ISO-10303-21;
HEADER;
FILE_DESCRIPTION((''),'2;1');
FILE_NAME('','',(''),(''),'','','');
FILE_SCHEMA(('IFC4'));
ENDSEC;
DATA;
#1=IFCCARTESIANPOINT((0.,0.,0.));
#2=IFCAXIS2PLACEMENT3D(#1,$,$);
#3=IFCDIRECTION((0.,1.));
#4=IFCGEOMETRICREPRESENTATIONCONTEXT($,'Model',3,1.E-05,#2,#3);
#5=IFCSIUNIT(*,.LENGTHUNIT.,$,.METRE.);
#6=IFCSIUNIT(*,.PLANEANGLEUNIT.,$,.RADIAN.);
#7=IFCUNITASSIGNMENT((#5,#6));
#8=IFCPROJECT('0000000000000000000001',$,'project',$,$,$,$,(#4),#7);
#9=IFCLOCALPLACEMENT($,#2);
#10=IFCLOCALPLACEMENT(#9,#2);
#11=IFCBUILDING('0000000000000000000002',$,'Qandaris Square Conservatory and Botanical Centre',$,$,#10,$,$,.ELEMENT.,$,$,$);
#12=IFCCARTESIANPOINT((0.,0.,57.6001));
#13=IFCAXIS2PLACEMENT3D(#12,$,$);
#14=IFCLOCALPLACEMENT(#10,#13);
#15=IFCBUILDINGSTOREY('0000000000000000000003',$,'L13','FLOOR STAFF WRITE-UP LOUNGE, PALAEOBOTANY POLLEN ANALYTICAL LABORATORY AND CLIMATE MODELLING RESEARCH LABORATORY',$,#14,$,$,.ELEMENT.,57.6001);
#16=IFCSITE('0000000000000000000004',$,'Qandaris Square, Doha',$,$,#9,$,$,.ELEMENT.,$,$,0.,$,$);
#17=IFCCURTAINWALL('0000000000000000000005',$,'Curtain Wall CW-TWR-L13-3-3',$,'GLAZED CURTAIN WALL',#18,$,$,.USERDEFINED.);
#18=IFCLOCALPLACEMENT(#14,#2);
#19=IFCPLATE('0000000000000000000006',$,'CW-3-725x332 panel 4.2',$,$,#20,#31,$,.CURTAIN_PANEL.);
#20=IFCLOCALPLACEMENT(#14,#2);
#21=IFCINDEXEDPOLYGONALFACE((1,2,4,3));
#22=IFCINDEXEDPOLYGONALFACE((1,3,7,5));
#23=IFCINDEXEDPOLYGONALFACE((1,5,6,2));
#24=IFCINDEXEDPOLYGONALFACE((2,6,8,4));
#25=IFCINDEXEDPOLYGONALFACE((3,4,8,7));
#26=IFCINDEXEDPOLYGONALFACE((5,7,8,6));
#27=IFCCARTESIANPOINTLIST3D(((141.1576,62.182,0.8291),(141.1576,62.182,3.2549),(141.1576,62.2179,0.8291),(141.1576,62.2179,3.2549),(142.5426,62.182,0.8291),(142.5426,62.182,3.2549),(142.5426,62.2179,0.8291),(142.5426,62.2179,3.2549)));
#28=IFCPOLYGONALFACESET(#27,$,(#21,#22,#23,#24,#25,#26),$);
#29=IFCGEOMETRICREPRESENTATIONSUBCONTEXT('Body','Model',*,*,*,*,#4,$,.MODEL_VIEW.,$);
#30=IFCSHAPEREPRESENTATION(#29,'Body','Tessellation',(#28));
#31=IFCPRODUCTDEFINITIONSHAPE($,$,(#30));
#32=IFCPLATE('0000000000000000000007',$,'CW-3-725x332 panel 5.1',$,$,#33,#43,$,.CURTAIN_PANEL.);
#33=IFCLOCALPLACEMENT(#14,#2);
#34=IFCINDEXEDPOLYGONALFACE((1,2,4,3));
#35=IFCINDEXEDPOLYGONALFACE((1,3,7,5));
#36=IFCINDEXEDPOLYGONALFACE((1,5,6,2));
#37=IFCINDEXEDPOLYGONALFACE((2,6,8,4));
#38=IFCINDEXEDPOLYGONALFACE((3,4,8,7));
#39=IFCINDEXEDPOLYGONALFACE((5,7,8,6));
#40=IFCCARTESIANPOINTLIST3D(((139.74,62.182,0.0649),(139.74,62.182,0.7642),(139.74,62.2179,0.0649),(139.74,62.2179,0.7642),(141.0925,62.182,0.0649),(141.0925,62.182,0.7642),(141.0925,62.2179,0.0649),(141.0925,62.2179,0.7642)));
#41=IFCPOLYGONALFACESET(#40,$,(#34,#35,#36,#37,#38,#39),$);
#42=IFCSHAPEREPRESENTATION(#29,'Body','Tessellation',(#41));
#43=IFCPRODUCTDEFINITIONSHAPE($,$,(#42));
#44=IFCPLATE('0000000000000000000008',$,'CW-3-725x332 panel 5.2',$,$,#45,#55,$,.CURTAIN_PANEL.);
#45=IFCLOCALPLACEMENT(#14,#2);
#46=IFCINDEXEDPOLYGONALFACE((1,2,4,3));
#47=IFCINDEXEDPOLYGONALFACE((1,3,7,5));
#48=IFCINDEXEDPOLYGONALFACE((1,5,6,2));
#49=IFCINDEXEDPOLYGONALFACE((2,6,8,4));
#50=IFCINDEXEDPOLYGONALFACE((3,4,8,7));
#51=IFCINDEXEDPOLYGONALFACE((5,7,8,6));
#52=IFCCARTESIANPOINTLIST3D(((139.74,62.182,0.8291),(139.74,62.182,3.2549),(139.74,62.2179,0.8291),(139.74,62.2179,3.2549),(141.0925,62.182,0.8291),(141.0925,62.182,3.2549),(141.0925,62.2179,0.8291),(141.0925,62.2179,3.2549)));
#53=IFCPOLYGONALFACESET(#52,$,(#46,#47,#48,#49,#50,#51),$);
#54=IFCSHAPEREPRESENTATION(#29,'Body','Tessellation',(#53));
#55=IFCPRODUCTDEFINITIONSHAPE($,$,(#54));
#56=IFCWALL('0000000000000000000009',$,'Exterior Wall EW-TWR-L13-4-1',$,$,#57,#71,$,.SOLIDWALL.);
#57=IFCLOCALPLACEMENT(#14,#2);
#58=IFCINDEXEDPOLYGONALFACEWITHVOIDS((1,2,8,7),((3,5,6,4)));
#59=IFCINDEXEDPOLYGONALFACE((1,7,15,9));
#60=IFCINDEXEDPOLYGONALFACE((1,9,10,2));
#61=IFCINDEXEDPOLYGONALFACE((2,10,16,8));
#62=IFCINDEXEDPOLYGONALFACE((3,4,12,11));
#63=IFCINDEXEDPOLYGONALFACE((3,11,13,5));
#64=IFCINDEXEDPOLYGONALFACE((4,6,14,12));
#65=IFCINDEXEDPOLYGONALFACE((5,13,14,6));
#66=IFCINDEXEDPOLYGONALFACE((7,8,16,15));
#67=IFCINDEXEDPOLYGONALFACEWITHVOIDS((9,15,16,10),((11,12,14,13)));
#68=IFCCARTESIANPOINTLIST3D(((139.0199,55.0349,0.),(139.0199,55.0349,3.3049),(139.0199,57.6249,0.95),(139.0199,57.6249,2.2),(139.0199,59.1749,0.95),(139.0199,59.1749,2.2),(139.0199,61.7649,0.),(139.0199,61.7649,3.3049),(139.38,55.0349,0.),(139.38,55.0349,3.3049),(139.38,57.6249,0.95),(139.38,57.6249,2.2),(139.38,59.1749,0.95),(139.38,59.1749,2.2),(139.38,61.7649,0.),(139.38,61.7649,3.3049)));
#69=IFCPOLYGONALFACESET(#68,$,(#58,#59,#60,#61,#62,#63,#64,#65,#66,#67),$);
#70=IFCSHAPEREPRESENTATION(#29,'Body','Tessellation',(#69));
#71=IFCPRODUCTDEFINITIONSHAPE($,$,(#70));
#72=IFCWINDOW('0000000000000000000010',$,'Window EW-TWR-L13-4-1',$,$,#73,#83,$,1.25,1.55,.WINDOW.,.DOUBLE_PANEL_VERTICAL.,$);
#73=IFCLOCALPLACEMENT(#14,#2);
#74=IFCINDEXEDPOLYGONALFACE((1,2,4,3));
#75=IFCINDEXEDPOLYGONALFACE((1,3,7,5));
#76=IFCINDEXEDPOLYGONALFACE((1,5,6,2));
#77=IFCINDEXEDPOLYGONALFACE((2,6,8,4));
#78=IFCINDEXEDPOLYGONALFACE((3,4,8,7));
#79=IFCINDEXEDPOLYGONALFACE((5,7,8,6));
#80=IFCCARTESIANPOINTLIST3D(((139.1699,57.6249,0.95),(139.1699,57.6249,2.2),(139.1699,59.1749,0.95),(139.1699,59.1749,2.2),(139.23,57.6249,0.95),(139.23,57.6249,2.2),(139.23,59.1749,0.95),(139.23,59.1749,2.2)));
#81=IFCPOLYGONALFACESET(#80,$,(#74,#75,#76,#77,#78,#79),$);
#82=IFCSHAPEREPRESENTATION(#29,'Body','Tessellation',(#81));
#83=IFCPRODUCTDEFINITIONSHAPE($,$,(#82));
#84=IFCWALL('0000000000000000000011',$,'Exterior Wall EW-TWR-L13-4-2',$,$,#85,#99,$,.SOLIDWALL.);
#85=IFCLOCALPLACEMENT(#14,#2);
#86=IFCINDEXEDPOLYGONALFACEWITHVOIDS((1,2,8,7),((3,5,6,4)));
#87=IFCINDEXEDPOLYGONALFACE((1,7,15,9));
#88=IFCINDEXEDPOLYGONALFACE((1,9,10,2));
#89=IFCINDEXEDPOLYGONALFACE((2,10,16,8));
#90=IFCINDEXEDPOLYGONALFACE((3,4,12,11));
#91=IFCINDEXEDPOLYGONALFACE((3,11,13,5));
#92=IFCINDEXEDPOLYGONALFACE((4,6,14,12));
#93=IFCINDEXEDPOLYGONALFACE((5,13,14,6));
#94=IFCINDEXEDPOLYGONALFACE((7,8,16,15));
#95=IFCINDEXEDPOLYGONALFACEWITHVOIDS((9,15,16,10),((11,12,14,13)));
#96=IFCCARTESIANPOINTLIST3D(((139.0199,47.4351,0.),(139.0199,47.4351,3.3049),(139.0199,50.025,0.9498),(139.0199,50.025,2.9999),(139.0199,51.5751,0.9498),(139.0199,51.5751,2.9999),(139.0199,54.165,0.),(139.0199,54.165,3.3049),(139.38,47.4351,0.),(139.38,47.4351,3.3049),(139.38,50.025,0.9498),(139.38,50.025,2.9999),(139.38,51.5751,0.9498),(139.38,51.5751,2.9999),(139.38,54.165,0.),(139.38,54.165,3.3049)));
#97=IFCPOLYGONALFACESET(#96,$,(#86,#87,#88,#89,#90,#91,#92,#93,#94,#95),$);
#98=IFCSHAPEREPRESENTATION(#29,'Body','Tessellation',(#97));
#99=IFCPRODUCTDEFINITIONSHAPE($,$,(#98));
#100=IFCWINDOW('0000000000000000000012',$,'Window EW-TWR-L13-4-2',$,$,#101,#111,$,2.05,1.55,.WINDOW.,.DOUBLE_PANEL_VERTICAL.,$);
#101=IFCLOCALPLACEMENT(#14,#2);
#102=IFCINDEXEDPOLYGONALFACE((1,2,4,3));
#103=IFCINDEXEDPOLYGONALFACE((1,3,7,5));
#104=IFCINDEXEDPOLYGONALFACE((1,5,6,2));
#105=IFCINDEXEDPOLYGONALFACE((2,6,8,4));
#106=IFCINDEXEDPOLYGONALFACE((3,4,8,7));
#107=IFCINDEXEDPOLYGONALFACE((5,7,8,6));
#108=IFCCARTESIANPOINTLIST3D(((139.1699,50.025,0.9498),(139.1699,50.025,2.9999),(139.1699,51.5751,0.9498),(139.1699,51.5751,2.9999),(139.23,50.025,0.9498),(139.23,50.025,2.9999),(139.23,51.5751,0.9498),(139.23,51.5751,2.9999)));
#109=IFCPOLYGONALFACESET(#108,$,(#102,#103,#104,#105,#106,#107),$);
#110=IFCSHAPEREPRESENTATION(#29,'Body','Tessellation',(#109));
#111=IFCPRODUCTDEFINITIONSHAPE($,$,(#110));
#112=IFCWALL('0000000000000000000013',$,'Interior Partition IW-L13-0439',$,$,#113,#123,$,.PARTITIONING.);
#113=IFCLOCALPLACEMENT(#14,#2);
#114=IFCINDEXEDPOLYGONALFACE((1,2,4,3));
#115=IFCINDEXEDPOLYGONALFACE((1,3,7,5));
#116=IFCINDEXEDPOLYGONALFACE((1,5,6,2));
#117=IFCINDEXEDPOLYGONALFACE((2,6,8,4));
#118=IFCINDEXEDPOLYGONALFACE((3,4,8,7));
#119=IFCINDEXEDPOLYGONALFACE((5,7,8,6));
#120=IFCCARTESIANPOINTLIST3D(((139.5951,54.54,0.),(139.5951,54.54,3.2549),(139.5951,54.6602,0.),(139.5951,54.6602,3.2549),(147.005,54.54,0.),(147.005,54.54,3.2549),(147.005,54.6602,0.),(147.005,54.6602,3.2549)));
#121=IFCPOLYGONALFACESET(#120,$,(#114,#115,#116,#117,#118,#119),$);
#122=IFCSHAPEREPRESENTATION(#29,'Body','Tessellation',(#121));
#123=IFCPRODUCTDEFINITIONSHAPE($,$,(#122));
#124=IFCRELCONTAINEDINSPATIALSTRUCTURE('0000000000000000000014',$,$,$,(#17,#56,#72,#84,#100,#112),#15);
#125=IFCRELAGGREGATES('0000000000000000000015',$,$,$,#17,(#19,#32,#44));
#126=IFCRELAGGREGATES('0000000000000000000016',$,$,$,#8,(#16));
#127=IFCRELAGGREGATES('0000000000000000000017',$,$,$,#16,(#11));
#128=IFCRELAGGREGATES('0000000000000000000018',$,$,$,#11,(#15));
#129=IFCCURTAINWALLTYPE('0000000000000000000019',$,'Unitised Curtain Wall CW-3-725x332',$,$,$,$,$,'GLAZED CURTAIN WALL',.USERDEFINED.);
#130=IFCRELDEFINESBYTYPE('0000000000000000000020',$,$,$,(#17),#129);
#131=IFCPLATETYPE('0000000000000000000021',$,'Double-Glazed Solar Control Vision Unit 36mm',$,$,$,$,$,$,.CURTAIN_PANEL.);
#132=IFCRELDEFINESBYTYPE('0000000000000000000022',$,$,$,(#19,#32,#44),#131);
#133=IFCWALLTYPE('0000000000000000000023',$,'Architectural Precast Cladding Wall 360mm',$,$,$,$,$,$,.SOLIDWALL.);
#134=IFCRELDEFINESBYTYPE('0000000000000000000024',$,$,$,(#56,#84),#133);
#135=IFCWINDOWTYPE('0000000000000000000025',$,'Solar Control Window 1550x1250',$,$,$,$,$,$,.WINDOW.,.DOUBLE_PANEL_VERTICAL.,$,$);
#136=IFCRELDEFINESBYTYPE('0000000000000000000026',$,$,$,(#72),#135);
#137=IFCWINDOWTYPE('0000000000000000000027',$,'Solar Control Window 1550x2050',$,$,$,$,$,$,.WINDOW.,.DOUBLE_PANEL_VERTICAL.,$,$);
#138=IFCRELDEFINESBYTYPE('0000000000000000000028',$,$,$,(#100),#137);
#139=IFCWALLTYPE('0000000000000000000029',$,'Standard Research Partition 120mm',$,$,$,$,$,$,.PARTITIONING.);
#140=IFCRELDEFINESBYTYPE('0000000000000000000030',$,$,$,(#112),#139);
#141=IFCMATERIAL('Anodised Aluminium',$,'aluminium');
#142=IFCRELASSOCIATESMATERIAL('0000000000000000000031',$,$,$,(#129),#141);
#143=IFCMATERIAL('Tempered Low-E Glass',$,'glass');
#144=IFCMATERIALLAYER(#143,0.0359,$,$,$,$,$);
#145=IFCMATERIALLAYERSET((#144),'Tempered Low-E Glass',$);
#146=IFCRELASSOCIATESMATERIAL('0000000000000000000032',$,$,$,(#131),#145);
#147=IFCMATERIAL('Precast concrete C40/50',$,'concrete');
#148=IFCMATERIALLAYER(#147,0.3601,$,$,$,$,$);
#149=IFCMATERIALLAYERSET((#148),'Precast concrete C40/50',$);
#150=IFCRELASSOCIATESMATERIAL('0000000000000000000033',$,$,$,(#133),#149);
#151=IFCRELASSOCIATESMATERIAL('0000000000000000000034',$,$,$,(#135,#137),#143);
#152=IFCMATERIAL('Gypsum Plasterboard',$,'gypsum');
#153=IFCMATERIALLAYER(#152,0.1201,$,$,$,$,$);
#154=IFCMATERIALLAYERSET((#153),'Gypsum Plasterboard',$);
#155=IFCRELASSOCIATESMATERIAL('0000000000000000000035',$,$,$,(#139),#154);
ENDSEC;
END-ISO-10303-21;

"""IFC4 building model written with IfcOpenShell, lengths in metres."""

from ifc_helpers import new_model, si_unit, direction, frame, frame_2d, origin, origin_2d, place, context, subcontext, project, spatial, rectangle, extrude, material, layer, layer_set, type_object, element, fill, aggregate, save


model = new_model("IFC4")

# Units and contexts
model_context = context("Model", 3, precision=1e-05, world=origin(), true_north=direction((0.0, 1.0)))
body_context = subcontext(model_context, "Body", "Model", "MODEL_VIEW")
ifc_project = project(units=[si_unit("LENGTHUNIT", "METRE"), si_unit("PLANEANGLEUNIT", "RADIAN")], contexts=[model_context])

# Site, building, storey
site_placement = place(None, origin())
site = spatial("IfcSite", under=ifc_project, at=site_placement, Name="Qandaris Square, Doha", CompositionType="ELEMENT", RefElevation=0.0)
building_placement = place(site_placement, origin())
building = spatial("IfcBuilding", under=site, at=building_placement, Name="Qandaris Square Conservatory and Botanical Centre", CompositionType="ELEMENT")
storey_placement = place(building_placement, frame((0.0, 0.0, 57.6001)))
storey = spatial("IfcBuildingStorey", under=building, at=storey_placement, Name="L13", Description="FLOOR STAFF WRITE-UP LOUNGE, PALAEOBOTANY POLLEN ANALYTICAL LABORATORY AND CLIMATE MODELLING RESEARCH LABORATORY", CompositionType="ELEMENT", Elevation=57.6001)

# Curtain wall
ifc_material_1 = material(Name="Anodised Aluminium", Category="aluminium")
curtain_wall_type = type_object("IfcCurtainWallType", Name="Unitised Curtain Wall CW-3-725x332", ElementType="GLAZED CURTAIN WALL", PredefinedType="USERDEFINED", material=ifc_material_1)
curtain_wall_placement = place(storey_placement, origin())
curtain_wall = element("IfcCurtainWall", 1, at=curtain_wall_placement, inside=storey, type_object=curtain_wall_type, Name="Curtain Wall CW-TWR-L13-3-3", ObjectType="GLAZED CURTAIN WALL", PredefinedType="USERDEFINED")

# Plates
ifc_material_2 = material(Name="Tempered Low-E Glass", Category="glass")
ifc_layer_1 = layer(ifc_material_2, 0.0359)
ifc_layer_set_1 = layer_set([ifc_layer_1], Name="Tempered Low-E Glass")
plate_type = type_object("IfcPlateType", Name="Double-Glazed Solar Control Vision Unit 36mm", PredefinedType="CURTAIN_PANEL", material=ifc_layer_set_1)
plate_1_placement = place(storey_placement, frame((141.8501, 62.2, 0.8291), z_axis=(0.0, 0.0, 1.0), x_axis=(-1.0, 0.0, 0.0)))
plate_1 = element("IfcPlate", 2, at=plate_1_placement, type_object=plate_type, Name="CW-3-725x332 panel 4.2", PredefinedType="CURTAIN_PANEL", context=body_context, shape_type="SweptSolid", body=[
    extrude(rectangle(XDim=1.385, YDim=0.0359, at=origin_2d()), origin(), (0.0, 0.0, 1.0), 2.4258),
])
plate_2_placement = place(storey_placement, frame((140.4163, 62.2, 0.0649), z_axis=(0.0, 0.0, 1.0), x_axis=(-1.0, 0.0, 0.0)))
plate_2 = element("IfcPlate", 3, at=plate_2_placement, type_object=plate_type, Name="CW-3-725x332 panel 5.1", PredefinedType="CURTAIN_PANEL", context=body_context, shape_type="SweptSolid", body=[
    extrude(rectangle(XDim=1.3525, YDim=0.0359, at=origin_2d()), origin(), (0.0, 0.0, 1.0), 0.6992),
])
plate_3_placement = place(storey_placement, frame((140.4163, 62.2, 0.8291), z_axis=(0.0, 0.0, 1.0), x_axis=(-1.0, 0.0, 0.0)))
plate_3 = element("IfcPlate", 4, at=plate_3_placement, type_object=plate_type, Name="CW-3-725x332 panel 5.2", PredefinedType="CURTAIN_PANEL", context=body_context, shape_type="SweptSolid", body=[
    extrude(rectangle(XDim=1.3525, YDim=0.0359, at=origin_2d()), origin(), (0.0, 0.0, 1.0), 2.4258),
])
aggregate(curtain_wall, [plate_1, plate_2, plate_3])

# Walls, openings, windows
ifc_material_3 = material(Name="Precast concrete C40/50", Category="concrete")
ifc_layer_2 = layer(ifc_material_3, 0.3601)
ifc_layer_set_2 = layer_set([ifc_layer_2], Name="Precast concrete C40/50")
wall_type_1 = type_object("IfcWallType", Name="Architectural Precast Cladding Wall 360mm", PredefinedType="SOLIDWALL", material=ifc_layer_set_2)
wall_1_placement = place(storey_placement, frame((139.2, 61.7649, 0.0), z_axis=(0.0, 0.0, 1.0), x_axis=(0.0, -1.0, 0.0)))
wall_1 = element("IfcWall", 5, at=wall_1_placement, inside=storey, type_object=wall_type_1, Name="Exterior Wall EW-TWR-L13-4-1", PredefinedType="SOLIDWALL", context=body_context, shape_type="SweptSolid", body=[
    extrude(rectangle(XDim=6.73, YDim=0.3601, at=frame_2d((3.365, 0.0))), origin(), (0.0, 0.0, 1.0), 3.3049),
])
opening_1_placement = place(wall_1_placement, frame((2.5901, 0.0, 0.95)))
opening_1 = element("IfcOpeningElement", 6, at=opening_1_placement, cuts=wall_1, PredefinedType="OPENING", context=body_context, shape_type="SweptSolid", body=[
    extrude(rectangle(XDim=1.55, YDim=1.25, at=frame_2d((0.7749, 0.625))), frame((0.0, 0.1919, 0.0), z_axis=(0.0, -1.0, 0.0), x_axis=(1.0, 0.0, 0.0)), (0.0, 0.0, 1.0), 0.384),
])
window_type_1 = type_object("IfcWindowType", Name="Solar Control Window 1550x1250", PartitioningType="DOUBLE_PANEL_VERTICAL", PredefinedType="WINDOW", material=ifc_material_2)
window_1_placement = place(opening_1_placement, origin())
window_1 = element("IfcWindow", 7, at=window_1_placement, inside=storey, type_object=window_type_1, Name="Window EW-TWR-L13-4-1", OverallHeight=1.25, OverallWidth=1.55, PartitioningType="DOUBLE_PANEL_VERTICAL", PredefinedType="WINDOW", context=body_context, shape_type="SweptSolid", body=[
    extrude(rectangle(XDim=1.55, YDim=1.25, at=frame_2d((0.7749, 0.625))), frame((0.0, 0.03, 0.0), z_axis=(0.0, -1.0, 0.0), x_axis=(1.0, 0.0, 0.0)), (0.0, 0.0, 1.0), 0.0601),
])
fill(opening_1, window_1)
wall_2_placement = place(storey_placement, frame((139.2, 54.165, 0.0), z_axis=(0.0, 0.0, 1.0), x_axis=(0.0, -1.0, 0.0)))
wall_2 = element("IfcWall", 8, at=wall_2_placement, inside=storey, type_object=wall_type_1, Name="Exterior Wall EW-TWR-L13-4-2", PredefinedType="SOLIDWALL", context=body_context, shape_type="SweptSolid", body=[
    extrude(rectangle(XDim=6.73, YDim=0.3601, at=frame_2d((3.365, 0.0))), origin(), (0.0, 0.0, 1.0), 3.3049),
])
opening_2_placement = place(wall_2_placement, frame((2.5901, 0.0, 0.95)))
opening_2 = element("IfcOpeningElement", 9, at=opening_2_placement, cuts=wall_2, PredefinedType="OPENING", context=body_context, shape_type="SweptSolid", body=[
    extrude(rectangle(XDim=1.55, YDim=2.05, at=frame_2d((0.7749, 1.0249))), frame((0.0, 0.1919, 0.0), z_axis=(0.0, -1.0, 0.0), x_axis=(1.0, 0.0, 0.0)), (0.0, 0.0, 1.0), 0.384),
])
window_type_2 = type_object("IfcWindowType", Name="Solar Control Window 1550x2050", PartitioningType="DOUBLE_PANEL_VERTICAL", PredefinedType="WINDOW", material=ifc_material_2)
window_2_placement = place(opening_2_placement, origin())
window_2 = element("IfcWindow", 10, at=window_2_placement, inside=storey, type_object=window_type_2, Name="Window EW-TWR-L13-4-2", OverallHeight=2.05, OverallWidth=1.55, PartitioningType="DOUBLE_PANEL_VERTICAL", PredefinedType="WINDOW", context=body_context, shape_type="SweptSolid", body=[
    extrude(rectangle(XDim=1.55, YDim=2.05, at=frame_2d((0.7749, 1.0249))), frame((0.0, 0.03, 0.0), z_axis=(0.0, -1.0, 0.0), x_axis=(1.0, 0.0, 0.0)), (0.0, 0.0, 1.0), 0.0601),
])
fill(opening_2, window_2)

# Wall
ifc_material_4 = material(Name="Gypsum Plasterboard", Category="gypsum")
ifc_layer_3 = layer(ifc_material_4, 0.1201)
ifc_layer_set_3 = layer_set([ifc_layer_3], Name="Gypsum Plasterboard")
wall_type_2 = type_object("IfcWallType", Name="Standard Research Partition 120mm", PredefinedType="PARTITIONING", material=ifc_layer_set_3)
wall_3_placement = place(storey_placement, frame((139.595, 54.6001, 0.0), z_axis=(0.0, 0.0, 1.0), x_axis=(1.0, 0.0, 0.0)))
element("IfcWall", 11, at=wall_3_placement, inside=storey, type_object=wall_type_2, Name="Interior Partition IW-L13-0439", PredefinedType="PARTITIONING", context=body_context, shape_type="SweptSolid", body=[
    extrude(rectangle(XDim=7.4099, YDim=0.1201, at=frame_2d((3.7051, 0.0))), origin(), (0.0, 0.0, 1.0), 3.2549),
])

save(model, "model.ifc")
